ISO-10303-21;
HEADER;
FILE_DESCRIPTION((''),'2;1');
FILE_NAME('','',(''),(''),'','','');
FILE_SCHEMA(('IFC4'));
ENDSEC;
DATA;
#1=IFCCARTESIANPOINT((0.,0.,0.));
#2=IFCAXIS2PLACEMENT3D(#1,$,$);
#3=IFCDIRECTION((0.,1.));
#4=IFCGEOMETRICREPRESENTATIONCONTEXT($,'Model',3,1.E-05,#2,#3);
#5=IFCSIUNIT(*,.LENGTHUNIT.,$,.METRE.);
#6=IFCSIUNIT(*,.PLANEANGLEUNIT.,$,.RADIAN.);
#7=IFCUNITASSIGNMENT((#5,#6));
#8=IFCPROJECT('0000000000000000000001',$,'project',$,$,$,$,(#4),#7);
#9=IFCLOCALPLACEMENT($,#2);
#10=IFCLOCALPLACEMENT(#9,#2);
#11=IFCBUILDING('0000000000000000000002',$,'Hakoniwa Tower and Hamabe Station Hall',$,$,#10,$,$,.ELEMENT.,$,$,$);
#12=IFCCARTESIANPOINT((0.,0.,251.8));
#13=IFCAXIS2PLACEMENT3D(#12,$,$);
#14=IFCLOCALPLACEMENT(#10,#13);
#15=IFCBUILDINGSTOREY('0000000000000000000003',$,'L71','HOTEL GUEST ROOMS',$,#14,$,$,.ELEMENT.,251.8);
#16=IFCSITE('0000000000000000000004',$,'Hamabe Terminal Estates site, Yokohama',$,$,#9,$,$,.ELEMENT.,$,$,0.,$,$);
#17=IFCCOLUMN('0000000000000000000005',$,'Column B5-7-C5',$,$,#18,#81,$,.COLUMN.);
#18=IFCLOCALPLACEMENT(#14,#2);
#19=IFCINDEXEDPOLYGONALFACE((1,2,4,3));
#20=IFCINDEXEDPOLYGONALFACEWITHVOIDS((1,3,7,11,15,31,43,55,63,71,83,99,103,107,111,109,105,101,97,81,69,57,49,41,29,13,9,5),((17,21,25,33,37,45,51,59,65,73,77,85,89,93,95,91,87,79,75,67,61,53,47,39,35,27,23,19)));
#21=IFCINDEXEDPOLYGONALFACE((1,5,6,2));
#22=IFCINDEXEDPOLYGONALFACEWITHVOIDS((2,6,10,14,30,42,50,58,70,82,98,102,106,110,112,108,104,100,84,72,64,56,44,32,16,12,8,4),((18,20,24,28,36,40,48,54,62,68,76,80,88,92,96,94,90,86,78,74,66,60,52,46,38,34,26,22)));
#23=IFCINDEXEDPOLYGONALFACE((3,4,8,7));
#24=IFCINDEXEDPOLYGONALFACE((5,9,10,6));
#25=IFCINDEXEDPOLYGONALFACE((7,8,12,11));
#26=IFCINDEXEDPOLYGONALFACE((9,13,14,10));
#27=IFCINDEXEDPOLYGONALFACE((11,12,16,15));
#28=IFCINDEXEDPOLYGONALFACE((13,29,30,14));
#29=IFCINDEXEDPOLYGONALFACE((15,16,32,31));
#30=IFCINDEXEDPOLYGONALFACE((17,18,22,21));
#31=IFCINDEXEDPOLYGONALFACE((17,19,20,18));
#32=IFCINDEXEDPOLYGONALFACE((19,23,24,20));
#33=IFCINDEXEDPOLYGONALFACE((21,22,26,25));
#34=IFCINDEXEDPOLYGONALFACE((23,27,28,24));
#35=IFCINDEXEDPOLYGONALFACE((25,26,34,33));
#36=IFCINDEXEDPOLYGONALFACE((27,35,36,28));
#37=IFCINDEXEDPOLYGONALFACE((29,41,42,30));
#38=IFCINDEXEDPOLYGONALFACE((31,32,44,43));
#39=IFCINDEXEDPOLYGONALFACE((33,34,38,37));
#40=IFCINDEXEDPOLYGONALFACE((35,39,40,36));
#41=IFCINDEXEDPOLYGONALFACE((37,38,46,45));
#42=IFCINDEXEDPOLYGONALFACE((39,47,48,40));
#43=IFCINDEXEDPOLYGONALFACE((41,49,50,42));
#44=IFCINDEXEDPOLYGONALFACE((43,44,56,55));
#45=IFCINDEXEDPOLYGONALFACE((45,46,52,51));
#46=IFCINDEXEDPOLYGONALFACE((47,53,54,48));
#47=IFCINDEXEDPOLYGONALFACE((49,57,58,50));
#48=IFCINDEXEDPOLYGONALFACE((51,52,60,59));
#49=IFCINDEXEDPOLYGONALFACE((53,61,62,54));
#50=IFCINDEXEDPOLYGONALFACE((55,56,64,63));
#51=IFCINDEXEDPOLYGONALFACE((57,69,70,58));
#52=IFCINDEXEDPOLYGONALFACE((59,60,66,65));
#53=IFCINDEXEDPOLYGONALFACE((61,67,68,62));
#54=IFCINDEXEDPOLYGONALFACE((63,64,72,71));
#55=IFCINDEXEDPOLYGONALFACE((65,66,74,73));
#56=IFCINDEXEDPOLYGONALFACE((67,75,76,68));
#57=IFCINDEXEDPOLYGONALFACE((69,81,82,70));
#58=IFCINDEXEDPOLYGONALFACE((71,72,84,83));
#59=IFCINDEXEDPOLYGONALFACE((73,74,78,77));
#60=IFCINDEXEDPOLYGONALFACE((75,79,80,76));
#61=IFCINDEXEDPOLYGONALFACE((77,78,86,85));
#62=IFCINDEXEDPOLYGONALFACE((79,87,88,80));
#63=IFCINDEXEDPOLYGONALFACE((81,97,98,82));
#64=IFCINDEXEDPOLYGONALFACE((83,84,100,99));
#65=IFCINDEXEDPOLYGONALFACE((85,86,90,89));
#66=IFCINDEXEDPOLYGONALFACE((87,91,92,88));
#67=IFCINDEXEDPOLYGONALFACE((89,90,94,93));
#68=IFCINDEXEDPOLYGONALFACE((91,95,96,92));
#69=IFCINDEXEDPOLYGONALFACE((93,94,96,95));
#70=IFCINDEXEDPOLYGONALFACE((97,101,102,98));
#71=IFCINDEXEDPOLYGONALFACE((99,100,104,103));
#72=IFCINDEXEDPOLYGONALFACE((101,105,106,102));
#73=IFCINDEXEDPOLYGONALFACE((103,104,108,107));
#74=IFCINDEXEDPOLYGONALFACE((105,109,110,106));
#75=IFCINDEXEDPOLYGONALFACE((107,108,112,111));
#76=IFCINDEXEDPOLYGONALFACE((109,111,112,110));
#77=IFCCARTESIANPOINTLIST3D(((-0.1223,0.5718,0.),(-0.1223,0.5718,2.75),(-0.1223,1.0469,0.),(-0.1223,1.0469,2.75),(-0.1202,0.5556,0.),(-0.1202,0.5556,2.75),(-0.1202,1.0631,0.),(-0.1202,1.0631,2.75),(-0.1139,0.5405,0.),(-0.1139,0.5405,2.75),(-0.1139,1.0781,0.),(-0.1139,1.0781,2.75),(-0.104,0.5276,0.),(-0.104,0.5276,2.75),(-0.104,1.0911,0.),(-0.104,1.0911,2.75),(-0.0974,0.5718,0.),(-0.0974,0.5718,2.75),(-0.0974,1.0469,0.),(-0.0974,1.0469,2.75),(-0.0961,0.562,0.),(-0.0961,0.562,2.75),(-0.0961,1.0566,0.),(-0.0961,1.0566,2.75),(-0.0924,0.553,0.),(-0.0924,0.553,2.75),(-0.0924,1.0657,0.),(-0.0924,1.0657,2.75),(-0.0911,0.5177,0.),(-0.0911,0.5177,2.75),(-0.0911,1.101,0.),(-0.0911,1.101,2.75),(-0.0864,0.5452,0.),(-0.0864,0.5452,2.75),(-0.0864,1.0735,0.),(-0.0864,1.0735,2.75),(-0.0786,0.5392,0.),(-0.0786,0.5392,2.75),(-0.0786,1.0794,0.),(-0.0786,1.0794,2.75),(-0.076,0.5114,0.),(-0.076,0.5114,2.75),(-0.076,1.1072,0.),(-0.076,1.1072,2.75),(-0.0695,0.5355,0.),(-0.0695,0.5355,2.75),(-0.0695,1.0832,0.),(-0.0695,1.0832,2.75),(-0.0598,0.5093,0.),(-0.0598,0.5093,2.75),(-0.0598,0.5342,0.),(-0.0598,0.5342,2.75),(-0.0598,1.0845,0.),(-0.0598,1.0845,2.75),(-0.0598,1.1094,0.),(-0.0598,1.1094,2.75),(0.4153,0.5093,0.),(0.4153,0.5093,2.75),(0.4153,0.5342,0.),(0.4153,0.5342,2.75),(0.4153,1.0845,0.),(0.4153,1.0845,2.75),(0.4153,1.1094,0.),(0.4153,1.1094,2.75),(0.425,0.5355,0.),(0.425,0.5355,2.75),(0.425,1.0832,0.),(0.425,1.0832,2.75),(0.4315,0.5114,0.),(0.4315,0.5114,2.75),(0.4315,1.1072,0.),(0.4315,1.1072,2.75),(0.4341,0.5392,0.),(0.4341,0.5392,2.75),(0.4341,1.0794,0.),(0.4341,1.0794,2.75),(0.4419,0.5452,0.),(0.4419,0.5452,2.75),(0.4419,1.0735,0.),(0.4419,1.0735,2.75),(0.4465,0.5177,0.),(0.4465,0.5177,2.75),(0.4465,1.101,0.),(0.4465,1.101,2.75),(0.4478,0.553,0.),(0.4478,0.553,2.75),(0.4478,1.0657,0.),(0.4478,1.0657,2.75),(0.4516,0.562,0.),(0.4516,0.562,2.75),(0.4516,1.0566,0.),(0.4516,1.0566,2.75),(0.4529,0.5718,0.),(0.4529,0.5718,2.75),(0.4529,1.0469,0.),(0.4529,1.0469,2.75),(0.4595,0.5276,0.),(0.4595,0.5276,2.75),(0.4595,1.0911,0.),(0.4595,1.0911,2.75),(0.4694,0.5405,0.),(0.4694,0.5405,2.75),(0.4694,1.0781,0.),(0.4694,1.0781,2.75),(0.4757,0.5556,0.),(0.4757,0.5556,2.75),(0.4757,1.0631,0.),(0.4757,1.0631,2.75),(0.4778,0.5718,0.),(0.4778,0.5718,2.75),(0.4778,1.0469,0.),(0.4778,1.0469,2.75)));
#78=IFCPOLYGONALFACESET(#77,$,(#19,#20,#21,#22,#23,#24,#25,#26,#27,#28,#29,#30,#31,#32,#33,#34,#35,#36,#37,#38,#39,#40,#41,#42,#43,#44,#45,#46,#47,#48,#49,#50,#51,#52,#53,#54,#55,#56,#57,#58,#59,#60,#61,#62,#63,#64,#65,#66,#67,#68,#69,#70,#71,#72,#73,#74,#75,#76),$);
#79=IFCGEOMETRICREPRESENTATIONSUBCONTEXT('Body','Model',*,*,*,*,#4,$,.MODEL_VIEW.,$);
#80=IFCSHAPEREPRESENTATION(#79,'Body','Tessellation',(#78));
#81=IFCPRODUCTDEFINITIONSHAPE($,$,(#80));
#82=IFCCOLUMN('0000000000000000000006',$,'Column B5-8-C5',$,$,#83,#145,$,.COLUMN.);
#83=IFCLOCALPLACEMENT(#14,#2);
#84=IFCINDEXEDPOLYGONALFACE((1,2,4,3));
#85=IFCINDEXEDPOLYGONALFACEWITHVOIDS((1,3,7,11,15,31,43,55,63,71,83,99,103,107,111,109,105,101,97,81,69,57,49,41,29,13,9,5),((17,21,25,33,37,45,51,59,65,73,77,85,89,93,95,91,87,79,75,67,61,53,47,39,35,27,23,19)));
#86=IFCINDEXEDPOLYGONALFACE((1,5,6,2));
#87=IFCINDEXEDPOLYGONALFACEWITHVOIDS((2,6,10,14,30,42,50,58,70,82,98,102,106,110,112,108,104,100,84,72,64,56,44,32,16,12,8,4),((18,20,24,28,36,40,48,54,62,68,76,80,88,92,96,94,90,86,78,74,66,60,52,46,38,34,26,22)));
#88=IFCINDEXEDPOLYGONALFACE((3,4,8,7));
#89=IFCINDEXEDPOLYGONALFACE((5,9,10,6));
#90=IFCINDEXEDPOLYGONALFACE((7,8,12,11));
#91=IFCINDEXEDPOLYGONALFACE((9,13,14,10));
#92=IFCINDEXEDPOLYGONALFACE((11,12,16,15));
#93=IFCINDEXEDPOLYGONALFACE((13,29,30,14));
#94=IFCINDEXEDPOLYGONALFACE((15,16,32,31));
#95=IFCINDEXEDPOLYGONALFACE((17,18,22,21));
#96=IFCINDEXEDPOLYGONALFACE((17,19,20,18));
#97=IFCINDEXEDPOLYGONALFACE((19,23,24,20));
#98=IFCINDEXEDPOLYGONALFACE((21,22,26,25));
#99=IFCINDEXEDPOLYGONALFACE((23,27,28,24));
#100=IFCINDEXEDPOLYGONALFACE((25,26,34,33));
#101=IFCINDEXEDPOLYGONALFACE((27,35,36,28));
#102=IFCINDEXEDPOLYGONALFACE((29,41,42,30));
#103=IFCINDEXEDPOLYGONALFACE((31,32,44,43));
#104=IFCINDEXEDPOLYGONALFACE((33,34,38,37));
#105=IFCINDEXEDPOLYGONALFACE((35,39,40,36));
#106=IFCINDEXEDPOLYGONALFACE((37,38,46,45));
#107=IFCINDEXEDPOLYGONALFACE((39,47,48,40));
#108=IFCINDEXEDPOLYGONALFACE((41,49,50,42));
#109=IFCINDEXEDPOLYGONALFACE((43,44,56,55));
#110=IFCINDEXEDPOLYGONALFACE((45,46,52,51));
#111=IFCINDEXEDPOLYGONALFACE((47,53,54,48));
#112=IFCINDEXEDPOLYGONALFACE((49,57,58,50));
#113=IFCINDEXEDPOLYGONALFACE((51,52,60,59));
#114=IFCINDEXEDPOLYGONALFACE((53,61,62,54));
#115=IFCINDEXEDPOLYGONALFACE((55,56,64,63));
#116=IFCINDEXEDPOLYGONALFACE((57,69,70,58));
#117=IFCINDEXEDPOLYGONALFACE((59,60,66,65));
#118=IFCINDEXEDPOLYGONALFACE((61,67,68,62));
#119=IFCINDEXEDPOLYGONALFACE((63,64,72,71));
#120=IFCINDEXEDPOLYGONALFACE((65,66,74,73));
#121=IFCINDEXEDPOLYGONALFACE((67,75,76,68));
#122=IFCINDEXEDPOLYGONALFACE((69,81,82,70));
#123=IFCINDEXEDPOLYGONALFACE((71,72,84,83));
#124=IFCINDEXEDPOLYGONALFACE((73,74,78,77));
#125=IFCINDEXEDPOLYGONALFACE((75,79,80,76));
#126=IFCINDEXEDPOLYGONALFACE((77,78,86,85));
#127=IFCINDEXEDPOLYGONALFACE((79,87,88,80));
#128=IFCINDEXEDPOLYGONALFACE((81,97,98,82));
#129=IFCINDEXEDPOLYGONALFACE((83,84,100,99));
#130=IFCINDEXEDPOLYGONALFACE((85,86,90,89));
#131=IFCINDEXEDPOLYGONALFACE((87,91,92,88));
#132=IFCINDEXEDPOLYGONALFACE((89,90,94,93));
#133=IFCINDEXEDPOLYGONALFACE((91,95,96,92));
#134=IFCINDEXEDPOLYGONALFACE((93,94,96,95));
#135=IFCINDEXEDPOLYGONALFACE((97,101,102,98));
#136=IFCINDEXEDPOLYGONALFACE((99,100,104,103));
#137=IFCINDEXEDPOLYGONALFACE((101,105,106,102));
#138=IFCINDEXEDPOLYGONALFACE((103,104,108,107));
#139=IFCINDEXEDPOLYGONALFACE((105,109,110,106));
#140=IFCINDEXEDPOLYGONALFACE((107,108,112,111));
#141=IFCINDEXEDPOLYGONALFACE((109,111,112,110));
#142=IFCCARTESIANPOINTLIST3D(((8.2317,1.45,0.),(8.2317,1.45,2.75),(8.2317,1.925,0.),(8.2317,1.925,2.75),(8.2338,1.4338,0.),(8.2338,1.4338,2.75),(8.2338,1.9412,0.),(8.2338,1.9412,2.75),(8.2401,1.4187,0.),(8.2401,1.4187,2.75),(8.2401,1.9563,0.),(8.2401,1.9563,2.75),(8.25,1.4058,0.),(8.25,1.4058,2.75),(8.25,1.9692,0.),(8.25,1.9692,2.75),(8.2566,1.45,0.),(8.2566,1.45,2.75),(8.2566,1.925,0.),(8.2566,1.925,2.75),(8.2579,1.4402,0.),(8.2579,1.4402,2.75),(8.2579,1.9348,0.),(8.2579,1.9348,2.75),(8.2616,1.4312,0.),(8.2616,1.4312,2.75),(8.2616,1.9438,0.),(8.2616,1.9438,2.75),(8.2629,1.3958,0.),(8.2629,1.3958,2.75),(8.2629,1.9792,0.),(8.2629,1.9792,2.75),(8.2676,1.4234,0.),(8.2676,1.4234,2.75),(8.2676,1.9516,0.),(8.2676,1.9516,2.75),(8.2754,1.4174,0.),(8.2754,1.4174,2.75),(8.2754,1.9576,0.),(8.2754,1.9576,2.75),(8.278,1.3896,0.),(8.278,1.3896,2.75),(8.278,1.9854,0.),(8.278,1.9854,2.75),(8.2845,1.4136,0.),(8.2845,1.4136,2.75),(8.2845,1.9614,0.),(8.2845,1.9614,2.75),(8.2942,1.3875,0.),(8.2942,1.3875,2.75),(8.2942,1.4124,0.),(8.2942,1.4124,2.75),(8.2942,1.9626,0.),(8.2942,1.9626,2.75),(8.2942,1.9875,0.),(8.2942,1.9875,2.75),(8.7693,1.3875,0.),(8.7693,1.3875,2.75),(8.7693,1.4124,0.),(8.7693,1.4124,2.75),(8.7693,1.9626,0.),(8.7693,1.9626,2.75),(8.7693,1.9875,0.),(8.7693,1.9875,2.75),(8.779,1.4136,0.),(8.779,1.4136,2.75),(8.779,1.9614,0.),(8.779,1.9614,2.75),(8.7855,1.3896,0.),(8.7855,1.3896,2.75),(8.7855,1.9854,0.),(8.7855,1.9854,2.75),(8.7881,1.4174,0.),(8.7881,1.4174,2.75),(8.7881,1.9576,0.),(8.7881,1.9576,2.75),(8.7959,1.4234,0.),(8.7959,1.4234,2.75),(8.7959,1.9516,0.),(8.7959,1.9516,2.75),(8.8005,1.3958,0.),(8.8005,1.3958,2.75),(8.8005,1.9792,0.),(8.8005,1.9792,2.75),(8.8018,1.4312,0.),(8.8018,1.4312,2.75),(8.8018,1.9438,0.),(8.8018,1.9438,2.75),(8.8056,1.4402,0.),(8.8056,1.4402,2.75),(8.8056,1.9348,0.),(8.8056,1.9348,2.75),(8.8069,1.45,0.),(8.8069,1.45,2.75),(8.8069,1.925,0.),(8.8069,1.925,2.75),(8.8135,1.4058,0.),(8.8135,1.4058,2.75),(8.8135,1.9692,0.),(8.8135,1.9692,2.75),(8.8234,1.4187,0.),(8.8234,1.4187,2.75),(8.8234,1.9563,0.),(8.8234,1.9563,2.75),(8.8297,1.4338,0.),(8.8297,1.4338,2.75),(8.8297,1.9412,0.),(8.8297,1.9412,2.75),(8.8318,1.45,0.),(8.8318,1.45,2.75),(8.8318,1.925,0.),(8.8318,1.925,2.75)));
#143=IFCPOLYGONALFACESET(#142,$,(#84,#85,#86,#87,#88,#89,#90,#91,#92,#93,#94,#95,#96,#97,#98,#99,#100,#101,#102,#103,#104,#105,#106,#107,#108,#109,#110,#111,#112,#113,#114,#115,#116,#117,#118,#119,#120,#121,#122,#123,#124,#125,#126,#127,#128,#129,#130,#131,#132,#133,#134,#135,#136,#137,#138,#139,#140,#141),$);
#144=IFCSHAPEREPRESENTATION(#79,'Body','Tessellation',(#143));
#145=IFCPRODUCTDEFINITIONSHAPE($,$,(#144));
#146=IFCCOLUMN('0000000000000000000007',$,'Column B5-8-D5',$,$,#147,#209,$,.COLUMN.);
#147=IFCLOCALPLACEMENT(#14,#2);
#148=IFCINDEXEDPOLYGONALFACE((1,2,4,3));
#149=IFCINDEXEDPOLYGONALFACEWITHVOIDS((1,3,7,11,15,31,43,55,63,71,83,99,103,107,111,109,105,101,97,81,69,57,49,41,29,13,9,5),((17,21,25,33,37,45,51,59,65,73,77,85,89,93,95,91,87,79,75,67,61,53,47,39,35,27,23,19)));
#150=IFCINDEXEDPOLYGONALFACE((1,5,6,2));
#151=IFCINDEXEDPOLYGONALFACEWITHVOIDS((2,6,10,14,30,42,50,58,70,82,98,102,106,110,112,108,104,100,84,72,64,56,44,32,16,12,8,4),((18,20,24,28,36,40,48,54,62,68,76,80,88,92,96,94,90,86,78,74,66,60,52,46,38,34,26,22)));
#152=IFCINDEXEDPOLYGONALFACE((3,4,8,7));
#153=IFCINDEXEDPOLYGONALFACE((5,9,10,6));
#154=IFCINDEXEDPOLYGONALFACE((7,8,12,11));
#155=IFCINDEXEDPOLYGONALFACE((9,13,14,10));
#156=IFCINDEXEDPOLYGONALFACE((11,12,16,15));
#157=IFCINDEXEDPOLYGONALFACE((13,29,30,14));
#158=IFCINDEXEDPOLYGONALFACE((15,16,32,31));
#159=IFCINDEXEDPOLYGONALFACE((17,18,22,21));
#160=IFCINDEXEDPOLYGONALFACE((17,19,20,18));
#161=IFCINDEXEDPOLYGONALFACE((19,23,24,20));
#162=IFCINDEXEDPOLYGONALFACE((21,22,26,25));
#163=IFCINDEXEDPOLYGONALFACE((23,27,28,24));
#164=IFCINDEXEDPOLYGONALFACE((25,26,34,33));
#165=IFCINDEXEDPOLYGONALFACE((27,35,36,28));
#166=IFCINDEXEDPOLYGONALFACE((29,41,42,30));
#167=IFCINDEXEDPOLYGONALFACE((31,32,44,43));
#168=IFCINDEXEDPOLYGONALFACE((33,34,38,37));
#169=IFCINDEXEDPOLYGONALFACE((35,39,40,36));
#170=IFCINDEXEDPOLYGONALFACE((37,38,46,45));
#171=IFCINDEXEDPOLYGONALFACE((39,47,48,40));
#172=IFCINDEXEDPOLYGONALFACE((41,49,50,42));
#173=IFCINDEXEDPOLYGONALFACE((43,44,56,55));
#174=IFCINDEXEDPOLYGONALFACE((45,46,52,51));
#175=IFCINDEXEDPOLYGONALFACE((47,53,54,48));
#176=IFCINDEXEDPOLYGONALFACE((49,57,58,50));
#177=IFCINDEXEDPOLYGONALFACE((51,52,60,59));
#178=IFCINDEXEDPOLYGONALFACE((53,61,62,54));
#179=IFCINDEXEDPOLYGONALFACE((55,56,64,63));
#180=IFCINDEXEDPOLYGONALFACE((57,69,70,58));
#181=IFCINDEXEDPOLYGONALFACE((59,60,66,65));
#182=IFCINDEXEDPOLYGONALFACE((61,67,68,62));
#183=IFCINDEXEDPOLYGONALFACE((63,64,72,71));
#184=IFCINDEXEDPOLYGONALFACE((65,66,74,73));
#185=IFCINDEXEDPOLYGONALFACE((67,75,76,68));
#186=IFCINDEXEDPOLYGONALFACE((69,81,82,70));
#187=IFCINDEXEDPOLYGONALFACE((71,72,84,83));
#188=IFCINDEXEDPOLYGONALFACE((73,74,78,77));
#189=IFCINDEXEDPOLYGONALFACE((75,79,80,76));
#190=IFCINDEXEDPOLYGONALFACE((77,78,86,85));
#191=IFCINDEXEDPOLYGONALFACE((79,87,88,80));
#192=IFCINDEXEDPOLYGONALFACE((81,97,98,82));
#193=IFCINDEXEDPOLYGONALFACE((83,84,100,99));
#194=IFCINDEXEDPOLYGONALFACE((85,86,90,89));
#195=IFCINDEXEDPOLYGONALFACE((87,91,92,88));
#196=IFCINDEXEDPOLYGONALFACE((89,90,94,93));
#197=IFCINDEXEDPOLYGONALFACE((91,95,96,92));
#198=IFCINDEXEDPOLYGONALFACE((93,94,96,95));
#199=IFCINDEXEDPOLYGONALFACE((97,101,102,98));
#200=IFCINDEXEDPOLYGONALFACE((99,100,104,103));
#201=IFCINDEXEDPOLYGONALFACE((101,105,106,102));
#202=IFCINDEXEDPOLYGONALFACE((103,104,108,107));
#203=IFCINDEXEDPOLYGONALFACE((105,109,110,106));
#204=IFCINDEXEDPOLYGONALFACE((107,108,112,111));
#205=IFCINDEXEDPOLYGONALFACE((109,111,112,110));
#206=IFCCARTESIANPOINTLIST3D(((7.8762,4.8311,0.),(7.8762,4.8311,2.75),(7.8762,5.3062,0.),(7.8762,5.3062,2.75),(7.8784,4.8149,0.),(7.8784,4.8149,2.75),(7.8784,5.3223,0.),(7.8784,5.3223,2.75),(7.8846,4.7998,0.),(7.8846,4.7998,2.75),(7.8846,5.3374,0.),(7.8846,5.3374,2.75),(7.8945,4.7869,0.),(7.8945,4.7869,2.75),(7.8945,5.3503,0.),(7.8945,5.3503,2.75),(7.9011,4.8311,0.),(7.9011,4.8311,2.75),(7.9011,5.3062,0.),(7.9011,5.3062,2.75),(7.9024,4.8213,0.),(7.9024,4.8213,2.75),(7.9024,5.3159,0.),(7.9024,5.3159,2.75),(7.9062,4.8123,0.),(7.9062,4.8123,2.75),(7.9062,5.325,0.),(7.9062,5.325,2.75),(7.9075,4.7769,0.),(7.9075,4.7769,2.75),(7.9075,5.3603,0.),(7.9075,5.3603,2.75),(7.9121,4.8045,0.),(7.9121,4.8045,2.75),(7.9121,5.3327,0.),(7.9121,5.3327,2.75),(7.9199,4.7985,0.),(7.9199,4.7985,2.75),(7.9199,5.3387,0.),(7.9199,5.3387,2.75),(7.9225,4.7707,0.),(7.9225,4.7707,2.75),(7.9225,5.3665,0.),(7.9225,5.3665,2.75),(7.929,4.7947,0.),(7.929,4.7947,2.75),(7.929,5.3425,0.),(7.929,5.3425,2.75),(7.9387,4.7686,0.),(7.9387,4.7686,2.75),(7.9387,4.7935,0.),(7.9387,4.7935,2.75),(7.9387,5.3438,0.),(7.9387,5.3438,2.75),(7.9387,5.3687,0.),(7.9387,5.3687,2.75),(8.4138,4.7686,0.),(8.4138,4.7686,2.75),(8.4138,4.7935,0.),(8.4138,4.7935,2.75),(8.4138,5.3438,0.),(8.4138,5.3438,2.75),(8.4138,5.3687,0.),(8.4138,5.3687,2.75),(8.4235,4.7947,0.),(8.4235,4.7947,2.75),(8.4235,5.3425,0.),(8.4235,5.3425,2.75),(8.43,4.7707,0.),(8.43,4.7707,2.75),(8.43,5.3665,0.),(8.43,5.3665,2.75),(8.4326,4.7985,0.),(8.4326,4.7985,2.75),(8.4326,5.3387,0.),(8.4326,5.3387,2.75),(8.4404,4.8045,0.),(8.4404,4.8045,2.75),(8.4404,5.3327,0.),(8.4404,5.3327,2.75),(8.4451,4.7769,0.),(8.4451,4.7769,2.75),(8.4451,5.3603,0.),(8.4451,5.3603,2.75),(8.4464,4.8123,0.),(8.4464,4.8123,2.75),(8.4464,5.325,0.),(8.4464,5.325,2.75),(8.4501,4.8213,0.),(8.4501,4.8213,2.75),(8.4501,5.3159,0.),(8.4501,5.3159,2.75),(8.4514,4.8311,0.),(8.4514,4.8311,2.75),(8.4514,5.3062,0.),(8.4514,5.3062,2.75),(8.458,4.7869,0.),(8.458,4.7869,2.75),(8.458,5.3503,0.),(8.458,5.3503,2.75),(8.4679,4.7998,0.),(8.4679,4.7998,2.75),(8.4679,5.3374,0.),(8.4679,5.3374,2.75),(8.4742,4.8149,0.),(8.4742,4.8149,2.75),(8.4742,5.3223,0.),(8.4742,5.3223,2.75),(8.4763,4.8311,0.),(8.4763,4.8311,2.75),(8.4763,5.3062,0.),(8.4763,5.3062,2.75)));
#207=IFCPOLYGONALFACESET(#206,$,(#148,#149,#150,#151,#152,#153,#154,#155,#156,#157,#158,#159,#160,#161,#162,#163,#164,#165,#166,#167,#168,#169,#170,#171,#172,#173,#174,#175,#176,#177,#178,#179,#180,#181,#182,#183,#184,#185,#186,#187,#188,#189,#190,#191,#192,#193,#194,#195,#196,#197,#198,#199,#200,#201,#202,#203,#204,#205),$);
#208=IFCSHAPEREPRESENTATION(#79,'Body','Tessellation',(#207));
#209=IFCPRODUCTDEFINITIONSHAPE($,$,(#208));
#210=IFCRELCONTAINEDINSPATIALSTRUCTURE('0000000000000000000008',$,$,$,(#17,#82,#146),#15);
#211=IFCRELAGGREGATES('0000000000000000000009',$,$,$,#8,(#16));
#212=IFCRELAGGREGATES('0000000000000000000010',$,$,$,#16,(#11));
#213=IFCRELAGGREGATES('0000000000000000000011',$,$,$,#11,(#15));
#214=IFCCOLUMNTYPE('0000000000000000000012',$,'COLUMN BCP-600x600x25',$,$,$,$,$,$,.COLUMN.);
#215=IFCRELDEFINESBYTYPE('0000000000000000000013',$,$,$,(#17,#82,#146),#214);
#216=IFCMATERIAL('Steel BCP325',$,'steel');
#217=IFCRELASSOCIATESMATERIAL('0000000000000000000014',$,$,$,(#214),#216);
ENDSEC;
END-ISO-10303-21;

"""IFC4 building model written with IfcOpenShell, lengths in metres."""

from ifc_helpers import new_model, si_unit, direction, frame, origin, origin_2d, place, context, subcontext, project, spatial, hollow_rectangle, extrude, material, material_profile, profile_set, type_object, element, save


model = new_model("IFC4")

# Units and contexts
model_context = context("Model", 3, precision=1e-05, world=origin(), true_north=direction((0.0, 1.0)))
body_context = subcontext(model_context, "Body", "Model", "MODEL_VIEW")
ifc_project = project(units=[si_unit("LENGTHUNIT", "METRE"), si_unit("PLANEANGLEUNIT", "RADIAN")], contexts=[model_context])

# Site, building, storey
site_placement = place(None, origin())
site = spatial("IfcSite", under=ifc_project, at=site_placement, Name="Hamabe Terminal Estates site, Yokohama", CompositionType="ELEMENT", RefElevation=0.0)
building_placement = place(site_placement, origin())
building = spatial("IfcBuilding", under=site, at=building_placement, Name="Hakoniwa Tower and Hamabe Station Hall", CompositionType="ELEMENT")
storey_placement = place(building_placement, frame((0.0, 0.0, 251.8)))
storey = spatial("IfcBuildingStorey", under=building, at=storey_placement, Name="L71", Description="HOTEL GUEST ROOMS", CompositionType="ELEMENT", Elevation=251.8)

# Columns
ifc_material_1 = material(Name="Steel BCP325", Category="steel")
ifc_material_profile_1 = material_profile(ifc_material_1, hollow_rectangle(XDim=0.6001, YDim=0.6001, WallThickness=0.0249, InnerFilletRadius=0.0376, OuterFilletRadius=0.0625, at=origin_2d()), Name="BCP-600x600x25")
ifc_profile_set_1 = profile_set([ifc_material_profile_1], Name="Steel BCP325")
column_type_1 = type_object("IfcColumnType", Name="COLUMN BCP-600x600x25", PredefinedType="COLUMN", material=ifc_profile_set_1)
for number, where, z_axis, x_axis, name in (
    (1, (0.1777, 0.8093, 0.0), (0.0, 0.0, 1.0), (1.0, 0.0, 0.0), "Column B5-7-C5"),
    (2, (8.5317, 1.6875, 0.0), (0.0, 0.0, 1.0), (1.0, 0.0, 0.0), "Column B5-8-C5"),
    (3, (8.1763, 5.0686, 0.0), (0.0, 0.0, 1.0), (1.0, 0.0, 0.0), "Column B5-8-D5"),
):
    element("IfcColumn", number, at=place(storey_placement, frame(where, z_axis=z_axis, x_axis=x_axis)), inside=storey, type_object=column_type_1, Name=name, PredefinedType="COLUMN", context=body_context, shape_type="SweptSolid", body=[
        extrude(hollow_rectangle(XDim=0.6001, YDim=0.6001, WallThickness=0.0249, InnerFilletRadius=0.0376, OuterFilletRadius=0.0625, at=origin_2d()), origin(), (0.0, 0.0, 1.0), 2.75),
    ])

save(model, "model.ifc")
